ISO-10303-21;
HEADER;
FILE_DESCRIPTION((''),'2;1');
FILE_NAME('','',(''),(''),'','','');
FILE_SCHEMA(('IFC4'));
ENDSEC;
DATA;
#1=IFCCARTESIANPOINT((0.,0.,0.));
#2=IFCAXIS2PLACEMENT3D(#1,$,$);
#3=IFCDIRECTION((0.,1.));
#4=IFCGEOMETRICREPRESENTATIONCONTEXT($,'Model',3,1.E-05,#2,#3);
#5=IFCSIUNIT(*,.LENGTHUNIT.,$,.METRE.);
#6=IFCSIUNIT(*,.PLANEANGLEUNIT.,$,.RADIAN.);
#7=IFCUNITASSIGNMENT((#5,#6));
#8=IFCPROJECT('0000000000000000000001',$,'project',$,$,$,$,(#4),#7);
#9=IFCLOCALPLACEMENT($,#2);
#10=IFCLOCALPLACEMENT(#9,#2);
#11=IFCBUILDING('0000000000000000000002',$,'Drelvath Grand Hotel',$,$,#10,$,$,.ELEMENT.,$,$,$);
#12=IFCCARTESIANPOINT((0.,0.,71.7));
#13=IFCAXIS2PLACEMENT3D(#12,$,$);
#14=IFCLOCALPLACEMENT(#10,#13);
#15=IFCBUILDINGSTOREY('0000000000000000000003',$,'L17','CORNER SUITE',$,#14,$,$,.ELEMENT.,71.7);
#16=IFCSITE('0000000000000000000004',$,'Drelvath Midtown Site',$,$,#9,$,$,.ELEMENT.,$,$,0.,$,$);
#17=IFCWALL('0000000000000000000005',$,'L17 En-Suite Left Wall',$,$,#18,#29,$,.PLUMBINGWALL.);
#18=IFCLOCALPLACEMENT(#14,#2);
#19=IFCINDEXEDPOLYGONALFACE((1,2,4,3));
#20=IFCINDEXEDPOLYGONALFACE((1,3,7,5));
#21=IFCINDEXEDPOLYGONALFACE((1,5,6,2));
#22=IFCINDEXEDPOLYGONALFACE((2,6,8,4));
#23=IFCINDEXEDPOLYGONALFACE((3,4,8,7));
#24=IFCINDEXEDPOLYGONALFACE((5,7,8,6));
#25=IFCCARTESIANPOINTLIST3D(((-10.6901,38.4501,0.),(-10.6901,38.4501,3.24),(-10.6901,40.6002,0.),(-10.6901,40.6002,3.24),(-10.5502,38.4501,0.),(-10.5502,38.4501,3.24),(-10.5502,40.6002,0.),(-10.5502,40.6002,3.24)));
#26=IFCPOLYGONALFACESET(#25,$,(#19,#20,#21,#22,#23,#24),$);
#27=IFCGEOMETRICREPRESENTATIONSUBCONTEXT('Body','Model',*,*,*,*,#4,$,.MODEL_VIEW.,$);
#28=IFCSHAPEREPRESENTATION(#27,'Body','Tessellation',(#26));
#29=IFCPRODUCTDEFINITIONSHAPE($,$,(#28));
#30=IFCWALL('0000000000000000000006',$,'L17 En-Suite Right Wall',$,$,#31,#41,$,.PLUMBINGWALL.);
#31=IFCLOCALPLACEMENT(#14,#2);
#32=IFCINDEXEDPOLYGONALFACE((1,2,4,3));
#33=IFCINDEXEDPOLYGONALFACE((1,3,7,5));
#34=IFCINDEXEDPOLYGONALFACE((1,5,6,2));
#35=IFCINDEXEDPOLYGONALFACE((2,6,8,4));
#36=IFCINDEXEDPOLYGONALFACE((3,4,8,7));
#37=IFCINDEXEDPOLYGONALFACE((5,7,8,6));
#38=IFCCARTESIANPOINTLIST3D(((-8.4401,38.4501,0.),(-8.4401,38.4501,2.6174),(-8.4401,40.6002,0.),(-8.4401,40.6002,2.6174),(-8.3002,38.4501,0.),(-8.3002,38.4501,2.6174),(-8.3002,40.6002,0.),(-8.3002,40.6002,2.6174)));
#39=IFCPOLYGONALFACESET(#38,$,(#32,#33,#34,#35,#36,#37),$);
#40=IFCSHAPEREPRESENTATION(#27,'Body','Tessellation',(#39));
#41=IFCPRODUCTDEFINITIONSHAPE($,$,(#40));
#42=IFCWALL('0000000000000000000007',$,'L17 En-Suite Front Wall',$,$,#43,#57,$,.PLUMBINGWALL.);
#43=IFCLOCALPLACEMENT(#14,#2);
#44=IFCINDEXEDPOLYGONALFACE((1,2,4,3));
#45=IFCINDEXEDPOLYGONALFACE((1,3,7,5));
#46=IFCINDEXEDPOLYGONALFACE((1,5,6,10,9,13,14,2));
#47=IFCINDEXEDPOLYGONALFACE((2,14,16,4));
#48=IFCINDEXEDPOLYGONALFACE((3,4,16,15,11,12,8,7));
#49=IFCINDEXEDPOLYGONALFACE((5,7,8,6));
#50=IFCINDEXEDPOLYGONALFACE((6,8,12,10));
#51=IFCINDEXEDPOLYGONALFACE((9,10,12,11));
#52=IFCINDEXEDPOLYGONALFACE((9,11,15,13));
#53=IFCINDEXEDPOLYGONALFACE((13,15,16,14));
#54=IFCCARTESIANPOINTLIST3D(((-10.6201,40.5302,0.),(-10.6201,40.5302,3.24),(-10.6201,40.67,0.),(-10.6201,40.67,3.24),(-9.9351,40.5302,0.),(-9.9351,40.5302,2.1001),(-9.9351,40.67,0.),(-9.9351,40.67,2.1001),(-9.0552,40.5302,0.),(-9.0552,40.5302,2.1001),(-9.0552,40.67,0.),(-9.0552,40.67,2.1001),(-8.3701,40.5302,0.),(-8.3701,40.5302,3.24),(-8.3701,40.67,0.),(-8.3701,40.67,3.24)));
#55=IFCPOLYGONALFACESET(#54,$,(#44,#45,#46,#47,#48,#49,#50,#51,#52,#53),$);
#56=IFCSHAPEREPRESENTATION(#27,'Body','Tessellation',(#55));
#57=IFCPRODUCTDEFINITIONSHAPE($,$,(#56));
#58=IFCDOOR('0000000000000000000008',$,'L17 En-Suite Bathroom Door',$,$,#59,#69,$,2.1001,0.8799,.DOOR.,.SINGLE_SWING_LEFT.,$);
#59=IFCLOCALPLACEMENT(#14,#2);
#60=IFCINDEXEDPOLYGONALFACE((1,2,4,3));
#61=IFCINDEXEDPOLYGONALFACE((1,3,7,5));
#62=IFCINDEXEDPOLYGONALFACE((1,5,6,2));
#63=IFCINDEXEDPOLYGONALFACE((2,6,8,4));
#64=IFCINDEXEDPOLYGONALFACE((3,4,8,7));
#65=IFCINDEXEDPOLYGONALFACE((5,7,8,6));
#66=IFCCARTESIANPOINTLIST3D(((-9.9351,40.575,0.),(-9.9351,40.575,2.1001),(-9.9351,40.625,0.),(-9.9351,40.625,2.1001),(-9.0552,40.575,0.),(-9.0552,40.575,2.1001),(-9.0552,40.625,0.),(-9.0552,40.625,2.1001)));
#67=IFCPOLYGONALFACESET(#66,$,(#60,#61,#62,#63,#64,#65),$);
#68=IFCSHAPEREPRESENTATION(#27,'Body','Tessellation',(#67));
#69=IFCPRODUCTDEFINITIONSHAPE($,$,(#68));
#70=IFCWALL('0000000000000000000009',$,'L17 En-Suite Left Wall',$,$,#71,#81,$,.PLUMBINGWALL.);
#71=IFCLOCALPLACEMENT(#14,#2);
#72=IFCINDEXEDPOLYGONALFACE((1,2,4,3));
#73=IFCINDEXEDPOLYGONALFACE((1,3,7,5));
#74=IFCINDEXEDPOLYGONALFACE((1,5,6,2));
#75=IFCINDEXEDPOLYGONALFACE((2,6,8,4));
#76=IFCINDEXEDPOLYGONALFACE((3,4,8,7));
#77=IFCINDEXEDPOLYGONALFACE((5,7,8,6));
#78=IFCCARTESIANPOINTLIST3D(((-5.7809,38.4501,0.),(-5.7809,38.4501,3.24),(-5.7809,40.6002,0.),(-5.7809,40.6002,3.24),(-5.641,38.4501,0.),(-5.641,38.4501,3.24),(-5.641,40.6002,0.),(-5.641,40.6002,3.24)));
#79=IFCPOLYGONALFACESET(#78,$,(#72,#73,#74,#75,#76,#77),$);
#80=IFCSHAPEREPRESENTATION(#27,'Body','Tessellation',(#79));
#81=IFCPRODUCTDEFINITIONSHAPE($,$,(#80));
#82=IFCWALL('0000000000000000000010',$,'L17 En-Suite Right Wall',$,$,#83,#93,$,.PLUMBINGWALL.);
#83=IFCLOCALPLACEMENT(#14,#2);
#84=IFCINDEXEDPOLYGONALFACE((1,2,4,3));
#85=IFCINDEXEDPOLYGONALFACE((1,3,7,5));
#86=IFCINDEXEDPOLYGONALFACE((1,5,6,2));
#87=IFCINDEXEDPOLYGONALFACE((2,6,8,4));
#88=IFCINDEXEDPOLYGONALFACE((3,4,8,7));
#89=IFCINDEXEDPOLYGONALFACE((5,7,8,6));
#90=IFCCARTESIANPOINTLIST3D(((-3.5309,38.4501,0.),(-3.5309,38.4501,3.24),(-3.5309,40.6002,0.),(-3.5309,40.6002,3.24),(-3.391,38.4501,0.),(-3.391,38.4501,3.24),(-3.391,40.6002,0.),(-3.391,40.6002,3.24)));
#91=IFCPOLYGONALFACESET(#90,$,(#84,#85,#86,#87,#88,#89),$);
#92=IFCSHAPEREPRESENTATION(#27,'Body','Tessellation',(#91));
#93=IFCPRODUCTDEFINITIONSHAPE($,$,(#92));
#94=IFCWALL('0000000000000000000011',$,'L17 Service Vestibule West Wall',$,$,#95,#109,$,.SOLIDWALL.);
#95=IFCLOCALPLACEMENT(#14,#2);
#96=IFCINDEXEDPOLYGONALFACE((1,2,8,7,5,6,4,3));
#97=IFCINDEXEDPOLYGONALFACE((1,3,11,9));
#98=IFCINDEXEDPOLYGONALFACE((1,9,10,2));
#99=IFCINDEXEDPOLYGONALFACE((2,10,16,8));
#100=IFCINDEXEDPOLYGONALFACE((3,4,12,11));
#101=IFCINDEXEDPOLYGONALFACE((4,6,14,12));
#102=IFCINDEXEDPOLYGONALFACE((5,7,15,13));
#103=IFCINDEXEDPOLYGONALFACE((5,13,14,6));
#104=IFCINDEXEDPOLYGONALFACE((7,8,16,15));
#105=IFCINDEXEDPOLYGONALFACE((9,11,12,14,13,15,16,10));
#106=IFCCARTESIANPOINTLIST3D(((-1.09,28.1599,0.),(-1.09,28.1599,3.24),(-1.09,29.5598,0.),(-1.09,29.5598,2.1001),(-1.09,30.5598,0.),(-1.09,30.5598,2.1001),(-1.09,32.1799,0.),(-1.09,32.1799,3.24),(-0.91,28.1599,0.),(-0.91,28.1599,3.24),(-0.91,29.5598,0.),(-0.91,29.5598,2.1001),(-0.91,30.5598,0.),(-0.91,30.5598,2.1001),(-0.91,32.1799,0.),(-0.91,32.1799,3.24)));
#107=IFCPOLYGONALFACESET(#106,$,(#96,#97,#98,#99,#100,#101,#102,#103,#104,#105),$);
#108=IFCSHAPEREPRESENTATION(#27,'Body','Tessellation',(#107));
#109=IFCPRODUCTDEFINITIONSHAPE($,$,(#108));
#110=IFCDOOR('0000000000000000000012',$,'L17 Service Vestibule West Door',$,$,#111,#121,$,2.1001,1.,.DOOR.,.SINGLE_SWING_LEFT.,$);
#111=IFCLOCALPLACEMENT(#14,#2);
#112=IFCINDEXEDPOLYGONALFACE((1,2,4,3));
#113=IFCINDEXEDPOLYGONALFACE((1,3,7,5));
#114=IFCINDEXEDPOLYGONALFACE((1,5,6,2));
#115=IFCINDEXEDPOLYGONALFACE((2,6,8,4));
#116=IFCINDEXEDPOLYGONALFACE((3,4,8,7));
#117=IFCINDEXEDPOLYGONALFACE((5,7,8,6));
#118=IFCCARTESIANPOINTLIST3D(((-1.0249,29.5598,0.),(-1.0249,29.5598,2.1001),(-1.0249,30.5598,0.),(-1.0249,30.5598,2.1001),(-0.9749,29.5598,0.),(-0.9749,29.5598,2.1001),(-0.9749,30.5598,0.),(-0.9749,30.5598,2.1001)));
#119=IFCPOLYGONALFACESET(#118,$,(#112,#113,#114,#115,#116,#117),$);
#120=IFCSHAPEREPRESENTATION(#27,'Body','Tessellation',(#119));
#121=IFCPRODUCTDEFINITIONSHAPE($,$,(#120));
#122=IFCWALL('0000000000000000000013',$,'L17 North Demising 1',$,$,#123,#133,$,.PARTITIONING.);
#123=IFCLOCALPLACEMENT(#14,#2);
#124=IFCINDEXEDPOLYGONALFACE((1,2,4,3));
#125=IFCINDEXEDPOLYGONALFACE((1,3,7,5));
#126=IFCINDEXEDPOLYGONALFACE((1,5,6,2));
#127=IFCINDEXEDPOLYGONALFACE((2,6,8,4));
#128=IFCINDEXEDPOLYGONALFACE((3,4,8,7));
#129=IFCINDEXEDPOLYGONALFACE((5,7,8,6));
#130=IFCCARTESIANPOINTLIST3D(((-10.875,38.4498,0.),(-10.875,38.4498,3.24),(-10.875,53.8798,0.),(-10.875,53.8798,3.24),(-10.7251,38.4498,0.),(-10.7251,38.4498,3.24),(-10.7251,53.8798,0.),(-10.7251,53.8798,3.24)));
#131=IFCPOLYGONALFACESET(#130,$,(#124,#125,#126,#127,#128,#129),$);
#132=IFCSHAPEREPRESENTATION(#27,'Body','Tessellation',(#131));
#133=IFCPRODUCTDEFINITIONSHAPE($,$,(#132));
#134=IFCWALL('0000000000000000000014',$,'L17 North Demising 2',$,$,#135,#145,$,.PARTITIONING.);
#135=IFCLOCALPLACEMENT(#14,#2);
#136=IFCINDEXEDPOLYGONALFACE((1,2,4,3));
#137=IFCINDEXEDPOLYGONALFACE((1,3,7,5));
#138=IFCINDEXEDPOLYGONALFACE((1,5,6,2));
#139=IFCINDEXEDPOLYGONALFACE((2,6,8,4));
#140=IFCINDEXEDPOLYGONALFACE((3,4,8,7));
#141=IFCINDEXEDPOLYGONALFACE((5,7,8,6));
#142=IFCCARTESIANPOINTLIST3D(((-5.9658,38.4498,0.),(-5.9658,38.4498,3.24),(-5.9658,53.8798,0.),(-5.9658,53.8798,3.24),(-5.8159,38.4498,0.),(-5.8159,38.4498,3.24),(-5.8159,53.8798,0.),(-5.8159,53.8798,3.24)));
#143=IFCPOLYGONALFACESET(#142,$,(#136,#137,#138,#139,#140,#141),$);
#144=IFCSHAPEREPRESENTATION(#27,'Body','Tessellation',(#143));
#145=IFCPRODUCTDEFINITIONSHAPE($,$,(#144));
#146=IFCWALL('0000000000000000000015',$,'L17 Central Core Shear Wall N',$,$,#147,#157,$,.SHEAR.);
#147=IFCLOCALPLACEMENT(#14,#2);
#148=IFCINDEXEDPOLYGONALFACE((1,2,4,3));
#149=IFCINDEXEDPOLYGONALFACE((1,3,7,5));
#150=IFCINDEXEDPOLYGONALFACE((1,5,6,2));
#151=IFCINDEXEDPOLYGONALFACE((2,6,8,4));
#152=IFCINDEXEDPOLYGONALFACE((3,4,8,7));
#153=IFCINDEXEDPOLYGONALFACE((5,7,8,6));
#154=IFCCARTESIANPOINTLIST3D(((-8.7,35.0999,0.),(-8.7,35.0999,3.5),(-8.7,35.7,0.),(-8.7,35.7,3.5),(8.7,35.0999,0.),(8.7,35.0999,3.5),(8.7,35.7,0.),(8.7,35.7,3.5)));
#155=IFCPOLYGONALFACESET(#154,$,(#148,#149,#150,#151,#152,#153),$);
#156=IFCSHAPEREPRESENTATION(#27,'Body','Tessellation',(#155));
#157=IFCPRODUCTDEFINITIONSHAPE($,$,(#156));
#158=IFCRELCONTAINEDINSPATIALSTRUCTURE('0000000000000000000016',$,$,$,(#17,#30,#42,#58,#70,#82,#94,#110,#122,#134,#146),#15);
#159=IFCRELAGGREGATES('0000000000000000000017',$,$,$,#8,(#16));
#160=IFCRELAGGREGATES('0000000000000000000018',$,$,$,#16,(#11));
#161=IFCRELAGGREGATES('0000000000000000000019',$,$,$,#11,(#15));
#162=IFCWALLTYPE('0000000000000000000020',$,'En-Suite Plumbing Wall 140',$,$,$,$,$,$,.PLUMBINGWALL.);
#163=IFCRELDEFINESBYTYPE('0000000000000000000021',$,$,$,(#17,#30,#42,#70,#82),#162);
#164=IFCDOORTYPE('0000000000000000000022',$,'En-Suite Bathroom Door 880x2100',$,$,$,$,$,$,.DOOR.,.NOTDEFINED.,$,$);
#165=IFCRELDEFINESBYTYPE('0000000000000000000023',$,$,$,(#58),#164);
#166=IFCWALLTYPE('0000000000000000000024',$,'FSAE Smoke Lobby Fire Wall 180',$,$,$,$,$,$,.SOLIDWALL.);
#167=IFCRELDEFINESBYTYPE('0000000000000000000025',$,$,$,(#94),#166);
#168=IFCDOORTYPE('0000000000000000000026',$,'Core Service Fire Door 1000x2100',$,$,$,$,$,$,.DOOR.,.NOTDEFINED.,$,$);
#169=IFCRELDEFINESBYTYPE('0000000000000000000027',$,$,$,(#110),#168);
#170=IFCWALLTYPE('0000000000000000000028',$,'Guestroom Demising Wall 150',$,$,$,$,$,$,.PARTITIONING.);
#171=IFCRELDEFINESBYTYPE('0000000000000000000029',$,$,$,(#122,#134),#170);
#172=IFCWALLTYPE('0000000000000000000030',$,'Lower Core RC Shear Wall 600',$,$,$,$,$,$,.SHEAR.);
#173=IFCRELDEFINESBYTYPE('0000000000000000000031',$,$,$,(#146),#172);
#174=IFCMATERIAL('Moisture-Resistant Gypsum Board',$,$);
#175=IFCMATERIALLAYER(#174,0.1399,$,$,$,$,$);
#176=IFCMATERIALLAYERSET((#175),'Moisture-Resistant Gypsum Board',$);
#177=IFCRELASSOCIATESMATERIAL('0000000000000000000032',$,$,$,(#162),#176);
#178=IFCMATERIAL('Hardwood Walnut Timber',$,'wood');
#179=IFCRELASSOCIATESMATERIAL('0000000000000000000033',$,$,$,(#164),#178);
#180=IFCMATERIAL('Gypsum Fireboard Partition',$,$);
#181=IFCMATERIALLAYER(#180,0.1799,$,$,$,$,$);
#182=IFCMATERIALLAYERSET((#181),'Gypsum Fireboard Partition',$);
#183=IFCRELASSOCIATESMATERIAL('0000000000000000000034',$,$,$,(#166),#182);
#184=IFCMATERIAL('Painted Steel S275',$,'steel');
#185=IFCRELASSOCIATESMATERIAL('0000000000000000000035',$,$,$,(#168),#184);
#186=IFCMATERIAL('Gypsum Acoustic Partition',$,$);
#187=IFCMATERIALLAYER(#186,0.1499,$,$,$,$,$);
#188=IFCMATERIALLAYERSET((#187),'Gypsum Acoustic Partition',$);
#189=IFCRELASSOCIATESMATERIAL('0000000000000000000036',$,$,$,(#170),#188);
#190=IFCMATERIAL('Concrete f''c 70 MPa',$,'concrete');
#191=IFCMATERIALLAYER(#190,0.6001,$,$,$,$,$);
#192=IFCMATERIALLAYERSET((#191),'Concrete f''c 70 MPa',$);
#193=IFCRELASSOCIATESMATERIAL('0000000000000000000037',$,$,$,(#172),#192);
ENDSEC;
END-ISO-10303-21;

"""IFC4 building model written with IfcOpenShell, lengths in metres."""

from ifc_helpers import new_model, si_unit, direction, frame, frame_2d, origin, place, context, subcontext, project, spatial, rectangle, extrude, material, layer, layer_set, type_object, element, fill, save


model = new_model("IFC4")

# Units and contexts
model_context = context("Model", 3, precision=1e-05, world=origin(), true_north=direction((0.0, 1.0)))
body_context = subcontext(model_context, "Body", "Model", "MODEL_VIEW")
ifc_project = project(units=[si_unit("LENGTHUNIT", "METRE"), si_unit("PLANEANGLEUNIT", "RADIAN")], contexts=[model_context])

# Site, building, storey
site_placement = place(None, origin())
site = spatial("IfcSite", under=ifc_project, at=site_placement, Name="Drelvath Midtown Site", CompositionType="ELEMENT", RefElevation=0.0)
building_placement = place(site_placement, origin())
building = spatial("IfcBuilding", under=site, at=building_placement, Name="Drelvath Grand Hotel", CompositionType="ELEMENT")
storey_placement = place(building_placement, frame((0.0, 0.0, 71.7)))
storey = spatial("IfcBuildingStorey", under=building, at=storey_placement, Name="L17", Description="CORNER SUITE", CompositionType="ELEMENT", Elevation=71.7)

# Shared definitions
ifc_material_1 = material(Name="Concrete f'c 70 MPa", Category="concrete")

# Shared definitions
ifc_material_2 = material(Name="Painted Steel S275", Category="steel")

# Shared definitions
ifc_material_3 = material(Name="Gypsum Fireboard Partition")
ifc_material_4 = material(Name="Moisture-Resistant Gypsum Board")
ifc_layer_1 = layer(ifc_material_4, 0.1399)
ifc_layer_set_1 = layer_set([ifc_layer_1], Name="Moisture-Resistant Gypsum Board")
wall_type_1 = type_object("IfcWallType", Name="En-Suite Plumbing Wall 140", PredefinedType="PLUMBINGWALL", material=ifc_layer_set_1)

# Shared definitions
ifc_material_5 = material(Name="Hardwood Walnut Timber", Category="wood")
door_type_1 = type_object("IfcDoorType", Name="En-Suite Bathroom Door 880x2100", OperationType="NOTDEFINED", PredefinedType="DOOR", material=ifc_material_5)

# Walls
wall_1_placement = place(storey_placement, frame((-10.6201, 38.45, 0.0), z_axis=(0.0, 0.0, 1.0), x_axis=(0.0, 1.0, 0.0)))
element("IfcWall", 1, at=wall_1_placement, inside=storey, type_object=wall_type_1, Name="L17 En-Suite Left Wall", PredefinedType="PLUMBINGWALL", context=body_context, shape_type="SweptSolid", body=[
    extrude(rectangle(XDim=2.1501, YDim=0.1399, at=frame_2d((1.0752, 0.0))), origin(), (0.0, 0.0, 1.0), 3.24),
])
wall_2_placement = place(storey_placement, frame((-8.3701, 38.45, 0.0), z_axis=(0.0, 0.0, 1.0), x_axis=(0.0, 1.0, 0.0)))
element("IfcWall", 2, at=wall_2_placement, inside=storey, type_object=wall_type_1, Name="L17 En-Suite Right Wall", PredefinedType="PLUMBINGWALL", context=body_context, shape_type="SweptSolid", body=[
    extrude(rectangle(XDim=2.1501, YDim=0.1399, at=frame_2d((1.0752, 0.0))), origin(), (0.0, 0.0, 1.0), 2.6174),
])

# Wall, opening, door
wall_3_placement = place(storey_placement, frame((-10.6201, 40.6001, 0.0), z_axis=(0.0, 0.0, 1.0), x_axis=(1.0, 0.0, 0.0)))
wall_3 = element("IfcWall", 3, at=wall_3_placement, inside=storey, type_object=wall_type_1, Name="L17 En-Suite Front Wall", PredefinedType="PLUMBINGWALL", context=body_context, shape_type="SweptSolid", body=[
    extrude(rectangle(XDim=2.25, YDim=0.1399, at=frame_2d((1.125, 0.0))), origin(), (0.0, 0.0, 1.0), 3.24),
])
opening_1_placement = place(wall_3_placement, frame((0.6851, 0.0, 0.0)))
opening_1 = element("IfcOpeningElement", 4, at=opening_1_placement, cuts=wall_3, PredefinedType="OPENING", context=body_context, shape_type="SweptSolid", body=[
    extrude(rectangle(XDim=0.8799, YDim=2.1001, at=frame_2d((0.4399, 1.05))), frame((0.0, 0.0798, 0.0), z_axis=(0.0, -1.0, 0.0), x_axis=(1.0, 0.0, 0.0)), (0.0, 0.0, 1.0), 0.1599),
])
door_1_placement = place(opening_1_placement, origin())
door_1 = element("IfcDoor", 5, at=door_1_placement, inside=storey, type_object=door_type_1, Name="L17 En-Suite Bathroom Door", OperationType="SINGLE_SWING_LEFT", OverallHeight=2.1001, OverallWidth=0.8799, PredefinedType="DOOR", context=body_context, shape_type="SweptSolid", body=[
    extrude(rectangle(XDim=0.8799, YDim=2.1001, at=frame_2d((0.4399, 1.05))), frame((0.0, 0.0249, 0.0), z_axis=(0.0, -1.0, 0.0), x_axis=(1.0, 0.0, 0.0)), (0.0, 0.0, 1.0), 0.05),
])
fill(opening_1, door_1)

# Walls
for number, where, z_axis, x_axis, name in (
    (6, (-5.7109, 38.45, 0.0), (0.0, 0.0, 1.0), (0.0, 1.0, 0.0), "L17 En-Suite Left Wall"),
    (7, (-3.4609, 38.45, 0.0), (0.0, 0.0, 1.0), (0.0, 1.0, 0.0), "L17 En-Suite Right Wall"),
):
    element("IfcWall", number, at=place(storey_placement, frame(where, z_axis=z_axis, x_axis=x_axis)), inside=storey, type_object=wall_type_1, Name=name, PredefinedType="PLUMBINGWALL", context=body_context, shape_type="SweptSolid", body=[
        extrude(rectangle(XDim=2.1501, YDim=0.1399, at=frame_2d((1.0752, 0.0))), origin(), (0.0, 0.0, 1.0), 3.24),
    ])

# Wall, opening, door
ifc_layer_2 = layer(ifc_material_3, 0.1799)
ifc_layer_set_2 = layer_set([ifc_layer_2], Name="Gypsum Fireboard Partition")
wall_type_2 = type_object("IfcWallType", Name="FSAE Smoke Lobby Fire Wall 180", PredefinedType="SOLIDWALL", material=ifc_layer_set_2)
wall_4_placement = place(storey_placement, frame((-1.0, 28.1599, 0.0), z_axis=(0.0, 0.0, 1.0), x_axis=(0.0, 1.0, 0.0)))
wall_4 = element("IfcWall", 8, at=wall_4_placement, inside=storey, type_object=wall_type_2, Name="L17 Service Vestibule West Wall", PredefinedType="SOLIDWALL", context=body_context, shape_type="SweptSolid", body=[
    extrude(rectangle(XDim=4.02, YDim=0.1799, at=frame_2d((2.01, 0.0))), origin(), (0.0, 0.0, 1.0), 3.24),
])
opening_2_placement = place(wall_4_placement, frame((1.3999, 0.0, 0.0)))
opening_2 = element("IfcOpeningElement", 9, at=opening_2_placement, cuts=wall_4, PredefinedType="OPENING", context=body_context, shape_type="SweptSolid", body=[
    extrude(rectangle(XDim=1.0, YDim=2.1001, at=frame_2d((0.5, 1.05))), frame((0.0, 0.0999, 0.0), z_axis=(0.0, -1.0, 0.0), x_axis=(1.0, 0.0, 0.0)), (0.0, 0.0, 1.0), 0.2),
])
door_type_2 = type_object("IfcDoorType", Name="Core Service Fire Door 1000x2100", OperationType="NOTDEFINED", PredefinedType="DOOR", material=ifc_material_2)
door_2_placement = place(opening_2_placement, origin())
door_2 = element("IfcDoor", 10, at=door_2_placement, inside=storey, type_object=door_type_2, Name="L17 Service Vestibule West Door", OperationType="SINGLE_SWING_LEFT", OverallHeight=2.1001, OverallWidth=1.0, PredefinedType="DOOR", context=body_context, shape_type="SweptSolid", body=[
    extrude(rectangle(XDim=1.0, YDim=2.1001, at=frame_2d((0.5, 1.05))), frame((0.0, 0.0249, 0.0), z_axis=(0.0, -1.0, 0.0), x_axis=(1.0, 0.0, 0.0)), (0.0, 0.0, 1.0), 0.05),
])
fill(opening_2, door_2)

# Walls
ifc_material_6 = material(Name="Gypsum Acoustic Partition")
ifc_layer_3 = layer(ifc_material_6, 0.1499)
ifc_layer_set_3 = layer_set([ifc_layer_3], Name="Gypsum Acoustic Partition")
wall_type_3 = type_object("IfcWallType", Name="Guestroom Demising Wall 150", PredefinedType="PARTITIONING", material=ifc_layer_set_3)
for number, where, z_axis, x_axis, name in (
    (11, (-10.8, 38.45, 0.0), (0.0, 0.0, 1.0), (0.0, 1.0, 0.0), "L17 North Demising 1"),
    (12, (-5.8909, 38.45, 0.0), (0.0, 0.0, 1.0), (0.0, 1.0, 0.0), "L17 North Demising 2"),
):
    element("IfcWall", number, at=place(storey_placement, frame(where, z_axis=z_axis, x_axis=x_axis)), inside=storey, type_object=wall_type_3, Name=name, PredefinedType="PARTITIONING", context=body_context, shape_type="SweptSolid", body=[
        extrude(rectangle(XDim=15.4299, YDim=0.1499, at=frame_2d((7.7148, 0.0))), origin(), (0.0, 0.0, 1.0), 3.24),
    ])
ifc_layer_4 = layer(ifc_material_1, 0.6001)
ifc_layer_set_4 = layer_set([ifc_layer_4], Name="Concrete f'c 70 MPa")
wall_type_4 = type_object("IfcWallType", Name="Lower Core RC Shear Wall 600", PredefinedType="SHEAR", material=ifc_layer_set_4)
wall_5_placement = place(storey_placement, frame((-8.7, 35.3999, 0.0), z_axis=(0.0, 0.0, 1.0), x_axis=(1.0, 0.0, 0.0)))
element("IfcWall", 13, at=wall_5_placement, inside=storey, type_object=wall_type_4, Name="L17 Central Core Shear Wall N", PredefinedType="SHEAR", context=body_context, shape_type="SweptSolid", body=[
    extrude(rectangle(XDim=17.3999, YDim=0.6001, at=frame_2d((8.7, 0.0))), origin(), (0.0, 0.0, 1.0), 3.5),
])

save(model, "model.ifc")
